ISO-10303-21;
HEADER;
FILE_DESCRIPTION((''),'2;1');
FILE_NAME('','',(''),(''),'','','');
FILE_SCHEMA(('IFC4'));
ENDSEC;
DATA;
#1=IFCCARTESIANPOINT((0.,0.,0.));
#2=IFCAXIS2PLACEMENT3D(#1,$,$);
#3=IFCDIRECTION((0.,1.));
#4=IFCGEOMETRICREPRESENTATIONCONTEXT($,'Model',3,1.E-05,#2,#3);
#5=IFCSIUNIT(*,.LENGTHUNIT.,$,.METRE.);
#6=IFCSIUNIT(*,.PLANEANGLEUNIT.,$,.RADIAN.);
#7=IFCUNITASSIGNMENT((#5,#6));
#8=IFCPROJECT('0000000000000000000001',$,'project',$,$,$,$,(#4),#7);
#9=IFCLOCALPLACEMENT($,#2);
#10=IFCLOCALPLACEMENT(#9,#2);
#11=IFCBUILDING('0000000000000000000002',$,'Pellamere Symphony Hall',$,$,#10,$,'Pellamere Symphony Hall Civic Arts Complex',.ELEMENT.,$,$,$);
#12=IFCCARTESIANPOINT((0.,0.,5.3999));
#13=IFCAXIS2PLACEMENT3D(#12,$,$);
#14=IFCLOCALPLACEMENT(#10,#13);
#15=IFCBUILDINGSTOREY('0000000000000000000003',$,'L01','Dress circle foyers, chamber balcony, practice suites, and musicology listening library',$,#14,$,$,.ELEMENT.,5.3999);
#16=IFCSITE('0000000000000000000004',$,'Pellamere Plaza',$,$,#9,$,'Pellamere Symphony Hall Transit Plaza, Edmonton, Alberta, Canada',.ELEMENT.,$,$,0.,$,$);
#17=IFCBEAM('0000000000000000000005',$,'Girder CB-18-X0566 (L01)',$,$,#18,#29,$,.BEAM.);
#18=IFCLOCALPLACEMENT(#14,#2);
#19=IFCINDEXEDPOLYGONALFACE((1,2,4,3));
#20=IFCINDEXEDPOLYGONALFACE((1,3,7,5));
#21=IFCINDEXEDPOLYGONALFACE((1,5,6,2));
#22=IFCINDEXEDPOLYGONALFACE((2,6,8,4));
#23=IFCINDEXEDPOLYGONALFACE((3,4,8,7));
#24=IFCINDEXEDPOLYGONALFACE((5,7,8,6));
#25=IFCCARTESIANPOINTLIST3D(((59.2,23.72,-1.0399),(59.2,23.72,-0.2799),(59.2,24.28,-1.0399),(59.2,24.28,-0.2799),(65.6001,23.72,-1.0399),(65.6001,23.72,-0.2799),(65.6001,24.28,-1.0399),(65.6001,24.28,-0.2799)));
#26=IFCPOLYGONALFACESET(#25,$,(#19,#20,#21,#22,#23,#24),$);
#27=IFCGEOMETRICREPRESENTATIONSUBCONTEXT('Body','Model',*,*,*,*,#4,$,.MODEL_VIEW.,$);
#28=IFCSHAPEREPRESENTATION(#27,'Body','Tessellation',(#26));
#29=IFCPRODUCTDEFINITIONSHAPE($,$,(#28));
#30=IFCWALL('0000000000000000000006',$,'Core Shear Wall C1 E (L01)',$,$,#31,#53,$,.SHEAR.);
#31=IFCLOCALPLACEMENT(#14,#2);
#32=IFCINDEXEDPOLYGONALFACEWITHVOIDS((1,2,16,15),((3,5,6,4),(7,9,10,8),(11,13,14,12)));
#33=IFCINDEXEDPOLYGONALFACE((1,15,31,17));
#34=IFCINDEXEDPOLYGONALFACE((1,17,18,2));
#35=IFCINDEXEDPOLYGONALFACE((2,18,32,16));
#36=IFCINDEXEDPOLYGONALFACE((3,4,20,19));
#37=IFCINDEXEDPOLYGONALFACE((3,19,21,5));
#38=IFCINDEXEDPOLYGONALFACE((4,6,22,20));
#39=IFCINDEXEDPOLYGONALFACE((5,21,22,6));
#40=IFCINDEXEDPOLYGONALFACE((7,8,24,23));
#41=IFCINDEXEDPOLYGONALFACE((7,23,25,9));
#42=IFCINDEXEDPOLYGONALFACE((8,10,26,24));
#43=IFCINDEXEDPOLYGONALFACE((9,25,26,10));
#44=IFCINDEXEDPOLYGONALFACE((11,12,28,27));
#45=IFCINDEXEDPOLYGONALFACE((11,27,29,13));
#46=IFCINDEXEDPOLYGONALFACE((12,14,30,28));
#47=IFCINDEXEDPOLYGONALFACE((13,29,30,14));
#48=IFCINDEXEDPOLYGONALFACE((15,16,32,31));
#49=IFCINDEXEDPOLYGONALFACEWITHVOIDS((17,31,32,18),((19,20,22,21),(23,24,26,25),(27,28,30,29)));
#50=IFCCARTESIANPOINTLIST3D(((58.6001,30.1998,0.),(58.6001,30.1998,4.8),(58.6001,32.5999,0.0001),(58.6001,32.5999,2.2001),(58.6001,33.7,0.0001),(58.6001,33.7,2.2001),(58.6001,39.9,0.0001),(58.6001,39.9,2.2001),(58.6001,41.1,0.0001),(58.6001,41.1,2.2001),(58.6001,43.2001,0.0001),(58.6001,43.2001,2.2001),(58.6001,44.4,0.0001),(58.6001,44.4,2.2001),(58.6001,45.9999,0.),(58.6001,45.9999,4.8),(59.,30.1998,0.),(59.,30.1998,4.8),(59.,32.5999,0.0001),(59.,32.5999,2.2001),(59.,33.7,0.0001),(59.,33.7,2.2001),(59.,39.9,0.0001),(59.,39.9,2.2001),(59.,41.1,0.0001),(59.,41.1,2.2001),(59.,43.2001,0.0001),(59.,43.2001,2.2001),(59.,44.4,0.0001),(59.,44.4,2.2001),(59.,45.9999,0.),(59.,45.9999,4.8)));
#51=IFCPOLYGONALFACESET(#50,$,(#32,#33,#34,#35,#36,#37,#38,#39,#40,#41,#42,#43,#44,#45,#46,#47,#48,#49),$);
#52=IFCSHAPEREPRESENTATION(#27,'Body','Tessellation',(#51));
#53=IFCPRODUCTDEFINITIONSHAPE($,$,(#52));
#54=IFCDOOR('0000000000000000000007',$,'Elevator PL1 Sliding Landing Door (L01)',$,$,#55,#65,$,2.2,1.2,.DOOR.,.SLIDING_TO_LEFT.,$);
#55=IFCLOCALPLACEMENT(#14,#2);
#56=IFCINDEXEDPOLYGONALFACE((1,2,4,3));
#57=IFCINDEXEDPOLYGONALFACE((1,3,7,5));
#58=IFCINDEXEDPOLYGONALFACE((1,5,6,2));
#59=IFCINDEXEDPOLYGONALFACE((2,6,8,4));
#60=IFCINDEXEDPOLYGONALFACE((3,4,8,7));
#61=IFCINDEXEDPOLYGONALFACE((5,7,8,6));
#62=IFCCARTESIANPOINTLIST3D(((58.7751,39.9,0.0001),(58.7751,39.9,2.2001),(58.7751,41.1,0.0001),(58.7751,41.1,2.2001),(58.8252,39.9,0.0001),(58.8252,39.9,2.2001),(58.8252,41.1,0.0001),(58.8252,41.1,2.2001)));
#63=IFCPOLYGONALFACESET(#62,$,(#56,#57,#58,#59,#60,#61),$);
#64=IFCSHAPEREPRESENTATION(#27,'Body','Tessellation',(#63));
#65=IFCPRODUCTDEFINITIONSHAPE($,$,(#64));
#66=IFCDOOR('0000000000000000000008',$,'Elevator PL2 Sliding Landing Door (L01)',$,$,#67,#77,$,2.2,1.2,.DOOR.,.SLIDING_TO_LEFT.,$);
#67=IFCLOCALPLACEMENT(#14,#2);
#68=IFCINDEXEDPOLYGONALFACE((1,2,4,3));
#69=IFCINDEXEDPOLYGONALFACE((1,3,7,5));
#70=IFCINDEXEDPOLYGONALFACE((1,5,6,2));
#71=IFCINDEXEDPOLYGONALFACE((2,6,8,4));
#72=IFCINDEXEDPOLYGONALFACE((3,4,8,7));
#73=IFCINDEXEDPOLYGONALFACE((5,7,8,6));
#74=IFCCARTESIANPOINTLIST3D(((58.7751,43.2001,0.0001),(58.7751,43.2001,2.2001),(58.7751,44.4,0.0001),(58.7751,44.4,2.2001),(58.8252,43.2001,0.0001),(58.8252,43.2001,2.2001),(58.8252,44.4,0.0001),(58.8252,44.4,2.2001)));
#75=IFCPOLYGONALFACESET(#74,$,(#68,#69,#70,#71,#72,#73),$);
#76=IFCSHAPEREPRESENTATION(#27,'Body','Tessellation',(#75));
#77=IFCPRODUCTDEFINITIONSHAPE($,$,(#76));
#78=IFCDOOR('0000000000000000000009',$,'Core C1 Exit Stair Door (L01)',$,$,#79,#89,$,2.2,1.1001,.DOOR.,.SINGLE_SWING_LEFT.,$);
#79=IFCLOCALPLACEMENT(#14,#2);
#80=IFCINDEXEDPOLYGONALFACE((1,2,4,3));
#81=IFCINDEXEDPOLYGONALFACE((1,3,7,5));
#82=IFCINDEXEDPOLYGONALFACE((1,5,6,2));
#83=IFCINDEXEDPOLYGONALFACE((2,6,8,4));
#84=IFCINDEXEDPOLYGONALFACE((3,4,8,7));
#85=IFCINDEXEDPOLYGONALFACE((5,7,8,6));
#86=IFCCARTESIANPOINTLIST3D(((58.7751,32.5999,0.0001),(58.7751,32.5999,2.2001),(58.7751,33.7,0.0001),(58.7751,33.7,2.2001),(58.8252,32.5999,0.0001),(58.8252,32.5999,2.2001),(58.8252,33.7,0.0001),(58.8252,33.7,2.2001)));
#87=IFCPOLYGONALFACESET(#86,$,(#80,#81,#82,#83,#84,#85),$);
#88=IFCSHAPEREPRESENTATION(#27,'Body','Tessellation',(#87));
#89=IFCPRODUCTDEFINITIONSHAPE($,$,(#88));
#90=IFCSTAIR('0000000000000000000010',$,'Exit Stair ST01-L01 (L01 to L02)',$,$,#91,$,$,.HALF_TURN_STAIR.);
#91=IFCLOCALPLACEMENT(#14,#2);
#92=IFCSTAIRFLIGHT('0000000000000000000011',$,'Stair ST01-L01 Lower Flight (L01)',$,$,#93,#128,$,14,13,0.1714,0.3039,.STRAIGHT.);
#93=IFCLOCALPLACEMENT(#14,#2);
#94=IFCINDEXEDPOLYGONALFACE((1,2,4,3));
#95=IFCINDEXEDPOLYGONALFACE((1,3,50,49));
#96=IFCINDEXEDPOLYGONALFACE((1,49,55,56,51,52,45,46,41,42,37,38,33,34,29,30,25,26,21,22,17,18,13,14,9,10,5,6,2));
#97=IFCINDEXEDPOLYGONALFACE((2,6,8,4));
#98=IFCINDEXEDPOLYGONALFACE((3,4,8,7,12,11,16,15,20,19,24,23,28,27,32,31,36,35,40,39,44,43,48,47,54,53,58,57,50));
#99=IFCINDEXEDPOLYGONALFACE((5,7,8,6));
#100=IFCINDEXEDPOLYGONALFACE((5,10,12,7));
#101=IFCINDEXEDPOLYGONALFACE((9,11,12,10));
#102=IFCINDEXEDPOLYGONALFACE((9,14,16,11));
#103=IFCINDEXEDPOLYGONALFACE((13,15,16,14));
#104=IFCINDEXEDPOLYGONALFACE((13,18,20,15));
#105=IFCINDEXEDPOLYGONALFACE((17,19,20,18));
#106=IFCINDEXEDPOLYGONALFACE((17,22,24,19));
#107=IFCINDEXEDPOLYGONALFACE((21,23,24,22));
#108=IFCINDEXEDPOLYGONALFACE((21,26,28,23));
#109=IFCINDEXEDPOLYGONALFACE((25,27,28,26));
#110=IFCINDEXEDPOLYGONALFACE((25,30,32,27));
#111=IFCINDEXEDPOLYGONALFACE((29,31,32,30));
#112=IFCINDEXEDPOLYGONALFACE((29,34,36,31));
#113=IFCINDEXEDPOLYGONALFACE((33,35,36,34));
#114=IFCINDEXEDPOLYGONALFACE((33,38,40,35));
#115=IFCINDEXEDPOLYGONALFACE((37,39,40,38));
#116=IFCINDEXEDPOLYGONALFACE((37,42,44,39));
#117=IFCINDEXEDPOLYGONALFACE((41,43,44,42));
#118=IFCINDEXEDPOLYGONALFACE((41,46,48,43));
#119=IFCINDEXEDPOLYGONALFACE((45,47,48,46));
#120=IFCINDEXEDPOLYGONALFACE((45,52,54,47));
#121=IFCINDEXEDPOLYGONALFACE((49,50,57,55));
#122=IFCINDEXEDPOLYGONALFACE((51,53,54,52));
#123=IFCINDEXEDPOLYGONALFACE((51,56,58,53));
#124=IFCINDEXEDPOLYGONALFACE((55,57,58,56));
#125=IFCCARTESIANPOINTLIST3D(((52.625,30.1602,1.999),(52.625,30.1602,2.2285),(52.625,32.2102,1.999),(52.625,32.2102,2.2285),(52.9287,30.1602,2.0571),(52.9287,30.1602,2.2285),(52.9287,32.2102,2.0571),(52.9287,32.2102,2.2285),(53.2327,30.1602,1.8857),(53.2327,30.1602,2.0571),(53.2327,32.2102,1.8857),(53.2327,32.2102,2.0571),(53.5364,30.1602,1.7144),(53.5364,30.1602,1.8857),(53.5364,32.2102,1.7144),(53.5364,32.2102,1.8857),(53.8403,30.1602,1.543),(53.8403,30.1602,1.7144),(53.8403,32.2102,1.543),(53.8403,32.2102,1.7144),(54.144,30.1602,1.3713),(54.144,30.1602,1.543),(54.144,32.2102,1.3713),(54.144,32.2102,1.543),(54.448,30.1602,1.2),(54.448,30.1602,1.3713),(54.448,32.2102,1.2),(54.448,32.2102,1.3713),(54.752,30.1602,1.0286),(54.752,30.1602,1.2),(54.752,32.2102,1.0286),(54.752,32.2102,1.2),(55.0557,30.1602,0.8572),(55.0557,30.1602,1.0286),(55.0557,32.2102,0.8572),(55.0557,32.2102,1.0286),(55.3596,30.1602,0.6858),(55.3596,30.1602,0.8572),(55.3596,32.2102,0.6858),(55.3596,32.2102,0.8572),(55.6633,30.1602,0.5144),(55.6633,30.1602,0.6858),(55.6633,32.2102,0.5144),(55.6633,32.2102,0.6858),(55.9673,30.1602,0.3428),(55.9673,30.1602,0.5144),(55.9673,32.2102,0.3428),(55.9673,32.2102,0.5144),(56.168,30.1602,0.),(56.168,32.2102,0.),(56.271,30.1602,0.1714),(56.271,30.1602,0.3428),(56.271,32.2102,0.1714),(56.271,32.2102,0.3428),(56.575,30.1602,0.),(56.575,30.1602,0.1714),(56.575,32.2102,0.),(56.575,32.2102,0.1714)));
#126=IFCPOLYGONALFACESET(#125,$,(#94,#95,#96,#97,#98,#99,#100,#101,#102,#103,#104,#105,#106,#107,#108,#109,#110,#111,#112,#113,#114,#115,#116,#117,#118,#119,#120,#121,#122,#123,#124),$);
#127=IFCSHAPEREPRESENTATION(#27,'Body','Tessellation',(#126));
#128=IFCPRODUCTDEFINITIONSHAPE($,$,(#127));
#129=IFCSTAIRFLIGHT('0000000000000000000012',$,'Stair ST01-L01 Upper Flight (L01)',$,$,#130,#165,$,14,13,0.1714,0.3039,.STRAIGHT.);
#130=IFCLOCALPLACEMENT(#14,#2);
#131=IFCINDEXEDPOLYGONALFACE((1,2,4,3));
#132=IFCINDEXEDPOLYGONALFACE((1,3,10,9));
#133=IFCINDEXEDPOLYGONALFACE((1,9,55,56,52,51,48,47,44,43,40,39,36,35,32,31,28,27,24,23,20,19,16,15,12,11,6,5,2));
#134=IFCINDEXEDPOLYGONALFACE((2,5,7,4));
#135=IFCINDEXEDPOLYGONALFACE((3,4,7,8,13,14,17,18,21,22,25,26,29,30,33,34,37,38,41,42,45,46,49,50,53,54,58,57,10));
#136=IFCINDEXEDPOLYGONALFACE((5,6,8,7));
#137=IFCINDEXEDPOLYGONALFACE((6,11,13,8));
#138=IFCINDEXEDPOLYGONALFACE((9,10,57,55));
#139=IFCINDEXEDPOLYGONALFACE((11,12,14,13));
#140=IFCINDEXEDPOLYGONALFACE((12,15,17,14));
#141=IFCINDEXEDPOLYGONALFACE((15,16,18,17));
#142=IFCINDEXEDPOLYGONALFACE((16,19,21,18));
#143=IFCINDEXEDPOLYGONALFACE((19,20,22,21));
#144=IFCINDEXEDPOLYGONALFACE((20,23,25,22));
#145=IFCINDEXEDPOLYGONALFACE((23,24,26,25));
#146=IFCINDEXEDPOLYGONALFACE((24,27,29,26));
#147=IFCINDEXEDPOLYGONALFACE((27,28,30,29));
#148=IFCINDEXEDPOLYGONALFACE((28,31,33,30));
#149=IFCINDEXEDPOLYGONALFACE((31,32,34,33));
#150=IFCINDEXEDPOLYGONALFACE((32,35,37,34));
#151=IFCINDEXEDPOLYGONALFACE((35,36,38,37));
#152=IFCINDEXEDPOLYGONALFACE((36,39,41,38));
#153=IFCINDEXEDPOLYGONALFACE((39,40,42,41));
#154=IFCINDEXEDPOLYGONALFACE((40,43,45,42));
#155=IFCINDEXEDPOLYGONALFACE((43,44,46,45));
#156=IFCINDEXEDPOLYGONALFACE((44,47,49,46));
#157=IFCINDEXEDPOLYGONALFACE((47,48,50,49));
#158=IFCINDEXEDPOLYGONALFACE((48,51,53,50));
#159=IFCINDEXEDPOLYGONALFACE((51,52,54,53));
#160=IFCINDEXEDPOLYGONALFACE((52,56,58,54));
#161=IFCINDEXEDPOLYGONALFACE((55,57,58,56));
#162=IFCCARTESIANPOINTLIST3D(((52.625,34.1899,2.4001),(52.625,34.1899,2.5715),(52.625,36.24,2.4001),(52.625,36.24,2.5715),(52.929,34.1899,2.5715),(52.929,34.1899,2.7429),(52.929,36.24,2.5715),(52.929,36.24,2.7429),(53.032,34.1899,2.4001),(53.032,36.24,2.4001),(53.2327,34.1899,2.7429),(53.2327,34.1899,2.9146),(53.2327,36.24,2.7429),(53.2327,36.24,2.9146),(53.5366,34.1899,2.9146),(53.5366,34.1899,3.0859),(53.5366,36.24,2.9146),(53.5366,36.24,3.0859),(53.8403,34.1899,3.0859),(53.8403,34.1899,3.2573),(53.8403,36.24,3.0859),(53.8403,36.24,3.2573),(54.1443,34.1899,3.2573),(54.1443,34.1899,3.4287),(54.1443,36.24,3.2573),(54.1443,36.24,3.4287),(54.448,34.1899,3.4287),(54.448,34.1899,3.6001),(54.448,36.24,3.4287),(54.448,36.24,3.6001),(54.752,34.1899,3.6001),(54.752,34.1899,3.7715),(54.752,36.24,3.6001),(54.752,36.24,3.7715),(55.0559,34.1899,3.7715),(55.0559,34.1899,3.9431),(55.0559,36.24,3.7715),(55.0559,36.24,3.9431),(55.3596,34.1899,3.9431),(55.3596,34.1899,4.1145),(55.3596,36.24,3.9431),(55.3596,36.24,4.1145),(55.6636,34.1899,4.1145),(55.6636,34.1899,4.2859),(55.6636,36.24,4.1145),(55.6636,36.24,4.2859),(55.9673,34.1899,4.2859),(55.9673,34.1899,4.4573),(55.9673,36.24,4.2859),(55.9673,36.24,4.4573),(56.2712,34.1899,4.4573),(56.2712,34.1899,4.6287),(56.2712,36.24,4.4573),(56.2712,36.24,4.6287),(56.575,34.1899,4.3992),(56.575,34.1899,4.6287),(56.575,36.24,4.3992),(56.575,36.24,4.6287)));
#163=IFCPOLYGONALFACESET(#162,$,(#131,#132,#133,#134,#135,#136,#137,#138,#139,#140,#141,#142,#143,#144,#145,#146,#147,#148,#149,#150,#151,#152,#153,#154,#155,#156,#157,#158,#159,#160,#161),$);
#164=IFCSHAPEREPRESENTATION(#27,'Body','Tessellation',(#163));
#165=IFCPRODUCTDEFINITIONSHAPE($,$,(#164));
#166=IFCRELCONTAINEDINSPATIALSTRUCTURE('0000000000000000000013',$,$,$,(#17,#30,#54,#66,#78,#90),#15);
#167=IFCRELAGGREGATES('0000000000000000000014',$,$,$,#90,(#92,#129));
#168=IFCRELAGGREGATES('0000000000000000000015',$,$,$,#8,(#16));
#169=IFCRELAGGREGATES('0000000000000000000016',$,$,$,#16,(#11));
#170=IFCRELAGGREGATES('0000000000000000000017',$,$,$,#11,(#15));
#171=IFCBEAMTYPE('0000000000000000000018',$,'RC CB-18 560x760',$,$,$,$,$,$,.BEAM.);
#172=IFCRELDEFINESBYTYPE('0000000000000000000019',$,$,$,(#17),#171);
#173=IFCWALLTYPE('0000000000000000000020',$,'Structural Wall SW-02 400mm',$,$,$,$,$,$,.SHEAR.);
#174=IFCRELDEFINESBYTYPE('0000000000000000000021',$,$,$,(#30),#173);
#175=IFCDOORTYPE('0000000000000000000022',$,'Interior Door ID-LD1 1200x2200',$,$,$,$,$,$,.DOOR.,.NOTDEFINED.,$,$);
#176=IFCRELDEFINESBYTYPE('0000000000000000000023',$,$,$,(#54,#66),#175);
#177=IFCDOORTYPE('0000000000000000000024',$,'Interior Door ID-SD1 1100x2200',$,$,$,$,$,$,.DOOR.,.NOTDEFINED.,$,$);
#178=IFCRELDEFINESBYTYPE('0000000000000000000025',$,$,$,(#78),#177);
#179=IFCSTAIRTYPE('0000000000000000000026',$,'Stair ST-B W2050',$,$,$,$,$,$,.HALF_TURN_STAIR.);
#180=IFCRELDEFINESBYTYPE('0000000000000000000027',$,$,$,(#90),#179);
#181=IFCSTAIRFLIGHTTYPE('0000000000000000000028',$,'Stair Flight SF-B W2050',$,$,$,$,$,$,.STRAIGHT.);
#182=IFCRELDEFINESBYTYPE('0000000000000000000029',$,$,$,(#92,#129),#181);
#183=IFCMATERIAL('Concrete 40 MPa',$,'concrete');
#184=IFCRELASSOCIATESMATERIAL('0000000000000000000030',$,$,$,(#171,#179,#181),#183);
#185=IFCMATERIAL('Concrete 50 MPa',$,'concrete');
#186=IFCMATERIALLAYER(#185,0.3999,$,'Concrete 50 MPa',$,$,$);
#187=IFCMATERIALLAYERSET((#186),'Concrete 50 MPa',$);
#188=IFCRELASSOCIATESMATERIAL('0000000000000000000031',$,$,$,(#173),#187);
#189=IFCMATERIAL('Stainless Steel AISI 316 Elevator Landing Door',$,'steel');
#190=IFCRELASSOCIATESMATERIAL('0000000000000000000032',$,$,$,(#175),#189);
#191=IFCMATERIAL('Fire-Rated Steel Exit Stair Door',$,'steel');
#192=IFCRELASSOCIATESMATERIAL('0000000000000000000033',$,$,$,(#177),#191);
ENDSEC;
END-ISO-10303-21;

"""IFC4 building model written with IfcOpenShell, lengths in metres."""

from ifc_helpers import new_model, si_unit, direction, frame, frame_2d, origin, origin_2d, place, context, subcontext, project, spatial, polyline, rectangle, outline, extrude, material, layer, layer_set, material_profile, profile_set, type_object, element, fill, aggregate, save


model = new_model("IFC4")

# Units and contexts
model_context = context("Model", 3, precision=1e-05, world=origin(), true_north=direction((0.0, 1.0)))
body_context = subcontext(model_context, "Body", "Model", "MODEL_VIEW")
ifc_project = project(units=[si_unit("LENGTHUNIT", "METRE"), si_unit("PLANEANGLEUNIT", "RADIAN")], contexts=[model_context])

# Site, building, storey
site_placement = place(None, origin())
site = spatial("IfcSite", under=ifc_project, at=site_placement, Name="Pellamere Plaza", LongName="Pellamere Symphony Hall Transit Plaza, Edmonton, Alberta, Canada", CompositionType="ELEMENT", RefElevation=0.0)
building_placement = place(site_placement, origin())
building = spatial("IfcBuilding", under=site, at=building_placement, Name="Pellamere Symphony Hall", LongName="Pellamere Symphony Hall Civic Arts Complex", CompositionType="ELEMENT")
storey_placement = place(building_placement, frame((0.0, 0.0, 5.3999)))
storey = spatial("IfcBuildingStorey", under=building, at=storey_placement, Name="L01", Description="Dress circle foyers, chamber balcony, practice suites, and musicology listening library", CompositionType="ELEMENT", Elevation=5.3999)

# Shared definitions
ifc_material_1 = material(Name="Concrete 40 MPa", Category="concrete")
ifc_material_2 = material(Name="Concrete 50 MPa", Category="concrete")

# Beam
ifc_material_profile_1 = material_profile(ifc_material_1, rectangle(XDim=0.5601, YDim=0.76, at=origin_2d()), Name="RC 560x760")
ifc_profile_set_1 = profile_set([ifc_material_profile_1], Name="Concrete 40 MPa")
beam_type_1 = type_object("IfcBeamType", Name="RC CB-18 560x760", PredefinedType="BEAM", material=ifc_profile_set_1)
beam_1_placement = place(storey_placement, frame((59.2, 24.0, -0.6599), z_axis=(1.0, 0.0, 0.0), x_axis=(0.0, 1.0, 0.0)))
element("IfcBeam", 1, at=beam_1_placement, inside=storey, type_object=beam_type_1, Name="Girder CB-18-X0566 (L01)", PredefinedType="BEAM", context=body_context, shape_type="SweptSolid", body=[
    extrude(rectangle(XDim=0.5601, YDim=0.76, at=origin_2d()), origin(), (0.0, 0.0, 1.0), 6.4001),
])

# Wall, openings, doors
ifc_layer = layer(ifc_material_2, 0.3999, Name="Concrete 50 MPa")
ifc_layer_set = layer_set([ifc_layer], Name="Concrete 50 MPa")
wall_type = type_object("IfcWallType", Name="Structural Wall SW-02 400mm", PredefinedType="SHEAR", material=ifc_layer_set)
wall_placement = place(storey_placement, frame((58.8, 30.2, 0.0), z_axis=(0.0, 0.0, 1.0), x_axis=(0.0, 1.0, 0.0)))
wall = element("IfcWall", 2, at=wall_placement, inside=storey, type_object=wall_type, Name="Core Shear Wall C1 E (L01)", PredefinedType="SHEAR", context=body_context, shape_type="SweptSolid", body=[
    extrude(rectangle(XDim=15.8, YDim=0.3999, at=frame_2d((7.8999, 0.0))), origin(), (0.0, 0.0, 1.0), 4.8),
])
opening_1_placement = place(wall_placement, frame((9.7, 0.0, 0.0)))
opening_1 = element("IfcOpeningElement", 3, at=opening_1_placement, cuts=wall, PredefinedType="OPENING", context=body_context, shape_type="SweptSolid", body=[
    extrude(rectangle(XDim=1.2, YDim=2.2, at=frame_2d((0.6001, 1.1001))), frame((0.0, 0.21, 0.0), z_axis=(0.0, -1.0, 0.0), x_axis=(1.0, 0.0, 0.0)), (0.0, 0.0, 1.0), 0.4199),
])
opening_2_placement = place(wall_placement, frame((13.0, 0.0, 0.0)))
opening_2 = element("IfcOpeningElement", 4, at=opening_2_placement, cuts=wall, PredefinedType="OPENING", context=body_context, shape_type="SweptSolid", body=[
    extrude(rectangle(XDim=1.2, YDim=2.2, at=frame_2d((0.6001, 1.1001))), frame((0.0, 0.21, 0.0), z_axis=(0.0, -1.0, 0.0), x_axis=(1.0, 0.0, 0.0)), (0.0, 0.0, 1.0), 0.4199),
])
opening_3_placement = place(wall_placement, frame((2.3999, 0.0, 0.0)))
opening_3 = element("IfcOpeningElement", 5, at=opening_3_placement, cuts=wall, PredefinedType="OPENING", context=body_context, shape_type="SweptSolid", body=[
    extrude(rectangle(XDim=1.1001, YDim=2.2, at=frame_2d((0.55, 1.1001))), frame((0.0, 0.21, 0.0), z_axis=(0.0, -1.0, 0.0), x_axis=(1.0, 0.0, 0.0)), (0.0, 0.0, 1.0), 0.4199),
])
ifc_material_3 = material(Name="Stainless Steel AISI 316 Elevator Landing Door", Category="steel")
door_type_1 = type_object("IfcDoorType", Name="Interior Door ID-LD1 1200x2200", OperationType="NOTDEFINED", PredefinedType="DOOR", material=ifc_material_3)
door_1_placement = place(opening_1_placement, origin())
door_1 = element("IfcDoor", 6, at=door_1_placement, inside=storey, type_object=door_type_1, Name="Elevator PL1 Sliding Landing Door (L01)", OperationType="SLIDING_TO_LEFT", OverallHeight=2.2, OverallWidth=1.2, PredefinedType="DOOR", context=body_context, shape_type="SweptSolid", body=[
    extrude(rectangle(XDim=1.2, YDim=2.2, at=frame_2d((0.6001, 1.1001))), frame((0.0, 0.0249, 0.0), z_axis=(0.0, -1.0, 0.0), x_axis=(1.0, 0.0, 0.0)), (0.0, 0.0, 1.0), 0.05),
])
fill(opening_1, door_1)
door_2_placement = place(opening_2_placement, origin())
door_2 = element("IfcDoor", 7, at=door_2_placement, inside=storey, type_object=door_type_1, Name="Elevator PL2 Sliding Landing Door (L01)", OperationType="SLIDING_TO_LEFT", OverallHeight=2.2, OverallWidth=1.2, PredefinedType="DOOR", context=body_context, shape_type="SweptSolid", body=[
    extrude(rectangle(XDim=1.2, YDim=2.2, at=frame_2d((0.6001, 1.1001))), frame((0.0, 0.0249, 0.0), z_axis=(0.0, -1.0, 0.0), x_axis=(1.0, 0.0, 0.0)), (0.0, 0.0, 1.0), 0.05),
])
fill(opening_2, door_2)
ifc_material_4 = material(Name="Fire-Rated Steel Exit Stair Door", Category="steel")
door_type_2 = type_object("IfcDoorType", Name="Interior Door ID-SD1 1100x2200", OperationType="NOTDEFINED", PredefinedType="DOOR", material=ifc_material_4)
door_3_placement = place(opening_3_placement, origin())
door_3 = element("IfcDoor", 8, at=door_3_placement, inside=storey, type_object=door_type_2, Name="Core C1 Exit Stair Door (L01)", OperationType="SINGLE_SWING_LEFT", OverallHeight=2.2, OverallWidth=1.1001, PredefinedType="DOOR", context=body_context, shape_type="SweptSolid", body=[
    extrude(rectangle(XDim=1.1001, YDim=2.2, at=frame_2d((0.55, 1.1001))), frame((0.0, 0.0249, 0.0), z_axis=(0.0, -1.0, 0.0), x_axis=(1.0, 0.0, 0.0)), (0.0, 0.0, 1.0), 0.05),
])
fill(opening_3, door_3)

# Stair, stair flights
stair_type = type_object("IfcStairType", Name="Stair ST-B W2050", PredefinedType="HALF_TURN_STAIR", material=ifc_material_1)
stair_placement = place(storey_placement, origin())
stair = element("IfcStair", 9, at=stair_placement, inside=storey, type_object=stair_type, Name="Exit Stair ST01-L01 (L01 to L02)", PredefinedType="HALF_TURN_STAIR")
stair_flight_type = type_object("IfcStairFlightType", Name="Stair Flight SF-B W2050", PredefinedType="STRAIGHT", material=ifc_material_1)
stair_flight_1_placement = place(storey_placement, frame((56.575, 31.1851, 0.0), z_axis=(0.0, 0.0, 1.0), x_axis=(-1.0, 0.0, 0.0)))
stair_flight_1 = element("IfcStairFlight", 10, at=stair_flight_1_placement, type_object=stair_flight_type, Name="Stair ST01-L01 Lower Flight (L01)", NumberOfRisers=14, NumberOfTreads=13, PredefinedType="STRAIGHT", RiserHeight=0.1714, TreadLength=0.3039, context=body_context, shape_type="SweptSolid", body=[
    extrude(outline(polyline([(0.0, 0.0), (0.0, 0.1714), (0.304, 0.1714), (0.304, 0.3428), (0.6077, 0.3428), (0.6077, 0.5144), (0.9116, 0.5144), (0.9116, 0.6858), (1.2153, 0.6858), (1.2153, 0.8572), (1.5193, 0.8572), (1.5193, 1.0286), (1.823, 1.0286), (1.823, 1.2), (2.127, 1.2), (2.127, 1.3713), (2.4309, 1.3713), (2.4309, 1.543), (2.7346, 1.543), (2.7346, 1.7144), (3.0386, 1.7144), (3.0386, 1.8857), (3.3423, 1.8857), (3.3423, 2.0571), (3.6462, 2.0571), (3.6462, 2.2285), (3.95, 2.2285), (3.95, 2.3999), (3.95, 1.999), (0.407, 0.0), (0.0, 0.0)])), frame((0.0, 1.0249, 0.0), z_axis=(0.0, -1.0, 0.0), x_axis=(1.0, 0.0, 0.0)), (0.0, 0.0, 1.0), 2.05),
])
stair_flight_2_placement = place(storey_placement, frame((52.625, 35.2151, 2.4001), z_axis=(0.0, 0.0, 1.0), x_axis=(1.0, 0.0, 0.0)))
stair_flight_2 = element("IfcStairFlight", 11, at=stair_flight_2_placement, type_object=stair_flight_type, Name="Stair ST01-L01 Upper Flight (L01)", NumberOfRisers=14, NumberOfTreads=13, PredefinedType="STRAIGHT", RiserHeight=0.1714, TreadLength=0.3039, context=body_context, shape_type="SweptSolid", body=[
    extrude(outline(polyline([(0.0, 0.0), (0.0, 0.1714), (0.304, 0.1714), (0.304, 0.3428), (0.6077, 0.3428), (0.6077, 0.5144), (0.9116, 0.5144), (0.9116, 0.6858), (1.2153, 0.6858), (1.2153, 0.8572), (1.5193, 0.8572), (1.5193, 1.0286), (1.823, 1.0286), (1.823, 1.2), (2.127, 1.2), (2.127, 1.3713), (2.4309, 1.3713), (2.4309, 1.543), (2.7346, 1.543), (2.7346, 1.7144), (3.0386, 1.7144), (3.0386, 1.8857), (3.3423, 1.8857), (3.3423, 2.0571), (3.6462, 2.0571), (3.6462, 2.2285), (3.95, 2.2285), (3.95, 2.3999), (3.95, 1.999), (0.407, 0.0), (0.0, 0.0)])), frame((0.0, 1.0249, 0.0), z_axis=(0.0, -1.0, 0.0), x_axis=(1.0, 0.0, 0.0)), (0.0, 0.0, 1.0), 2.05),
])
aggregate(stair, [stair_flight_1, stair_flight_2])

save(model, "model.ifc")
